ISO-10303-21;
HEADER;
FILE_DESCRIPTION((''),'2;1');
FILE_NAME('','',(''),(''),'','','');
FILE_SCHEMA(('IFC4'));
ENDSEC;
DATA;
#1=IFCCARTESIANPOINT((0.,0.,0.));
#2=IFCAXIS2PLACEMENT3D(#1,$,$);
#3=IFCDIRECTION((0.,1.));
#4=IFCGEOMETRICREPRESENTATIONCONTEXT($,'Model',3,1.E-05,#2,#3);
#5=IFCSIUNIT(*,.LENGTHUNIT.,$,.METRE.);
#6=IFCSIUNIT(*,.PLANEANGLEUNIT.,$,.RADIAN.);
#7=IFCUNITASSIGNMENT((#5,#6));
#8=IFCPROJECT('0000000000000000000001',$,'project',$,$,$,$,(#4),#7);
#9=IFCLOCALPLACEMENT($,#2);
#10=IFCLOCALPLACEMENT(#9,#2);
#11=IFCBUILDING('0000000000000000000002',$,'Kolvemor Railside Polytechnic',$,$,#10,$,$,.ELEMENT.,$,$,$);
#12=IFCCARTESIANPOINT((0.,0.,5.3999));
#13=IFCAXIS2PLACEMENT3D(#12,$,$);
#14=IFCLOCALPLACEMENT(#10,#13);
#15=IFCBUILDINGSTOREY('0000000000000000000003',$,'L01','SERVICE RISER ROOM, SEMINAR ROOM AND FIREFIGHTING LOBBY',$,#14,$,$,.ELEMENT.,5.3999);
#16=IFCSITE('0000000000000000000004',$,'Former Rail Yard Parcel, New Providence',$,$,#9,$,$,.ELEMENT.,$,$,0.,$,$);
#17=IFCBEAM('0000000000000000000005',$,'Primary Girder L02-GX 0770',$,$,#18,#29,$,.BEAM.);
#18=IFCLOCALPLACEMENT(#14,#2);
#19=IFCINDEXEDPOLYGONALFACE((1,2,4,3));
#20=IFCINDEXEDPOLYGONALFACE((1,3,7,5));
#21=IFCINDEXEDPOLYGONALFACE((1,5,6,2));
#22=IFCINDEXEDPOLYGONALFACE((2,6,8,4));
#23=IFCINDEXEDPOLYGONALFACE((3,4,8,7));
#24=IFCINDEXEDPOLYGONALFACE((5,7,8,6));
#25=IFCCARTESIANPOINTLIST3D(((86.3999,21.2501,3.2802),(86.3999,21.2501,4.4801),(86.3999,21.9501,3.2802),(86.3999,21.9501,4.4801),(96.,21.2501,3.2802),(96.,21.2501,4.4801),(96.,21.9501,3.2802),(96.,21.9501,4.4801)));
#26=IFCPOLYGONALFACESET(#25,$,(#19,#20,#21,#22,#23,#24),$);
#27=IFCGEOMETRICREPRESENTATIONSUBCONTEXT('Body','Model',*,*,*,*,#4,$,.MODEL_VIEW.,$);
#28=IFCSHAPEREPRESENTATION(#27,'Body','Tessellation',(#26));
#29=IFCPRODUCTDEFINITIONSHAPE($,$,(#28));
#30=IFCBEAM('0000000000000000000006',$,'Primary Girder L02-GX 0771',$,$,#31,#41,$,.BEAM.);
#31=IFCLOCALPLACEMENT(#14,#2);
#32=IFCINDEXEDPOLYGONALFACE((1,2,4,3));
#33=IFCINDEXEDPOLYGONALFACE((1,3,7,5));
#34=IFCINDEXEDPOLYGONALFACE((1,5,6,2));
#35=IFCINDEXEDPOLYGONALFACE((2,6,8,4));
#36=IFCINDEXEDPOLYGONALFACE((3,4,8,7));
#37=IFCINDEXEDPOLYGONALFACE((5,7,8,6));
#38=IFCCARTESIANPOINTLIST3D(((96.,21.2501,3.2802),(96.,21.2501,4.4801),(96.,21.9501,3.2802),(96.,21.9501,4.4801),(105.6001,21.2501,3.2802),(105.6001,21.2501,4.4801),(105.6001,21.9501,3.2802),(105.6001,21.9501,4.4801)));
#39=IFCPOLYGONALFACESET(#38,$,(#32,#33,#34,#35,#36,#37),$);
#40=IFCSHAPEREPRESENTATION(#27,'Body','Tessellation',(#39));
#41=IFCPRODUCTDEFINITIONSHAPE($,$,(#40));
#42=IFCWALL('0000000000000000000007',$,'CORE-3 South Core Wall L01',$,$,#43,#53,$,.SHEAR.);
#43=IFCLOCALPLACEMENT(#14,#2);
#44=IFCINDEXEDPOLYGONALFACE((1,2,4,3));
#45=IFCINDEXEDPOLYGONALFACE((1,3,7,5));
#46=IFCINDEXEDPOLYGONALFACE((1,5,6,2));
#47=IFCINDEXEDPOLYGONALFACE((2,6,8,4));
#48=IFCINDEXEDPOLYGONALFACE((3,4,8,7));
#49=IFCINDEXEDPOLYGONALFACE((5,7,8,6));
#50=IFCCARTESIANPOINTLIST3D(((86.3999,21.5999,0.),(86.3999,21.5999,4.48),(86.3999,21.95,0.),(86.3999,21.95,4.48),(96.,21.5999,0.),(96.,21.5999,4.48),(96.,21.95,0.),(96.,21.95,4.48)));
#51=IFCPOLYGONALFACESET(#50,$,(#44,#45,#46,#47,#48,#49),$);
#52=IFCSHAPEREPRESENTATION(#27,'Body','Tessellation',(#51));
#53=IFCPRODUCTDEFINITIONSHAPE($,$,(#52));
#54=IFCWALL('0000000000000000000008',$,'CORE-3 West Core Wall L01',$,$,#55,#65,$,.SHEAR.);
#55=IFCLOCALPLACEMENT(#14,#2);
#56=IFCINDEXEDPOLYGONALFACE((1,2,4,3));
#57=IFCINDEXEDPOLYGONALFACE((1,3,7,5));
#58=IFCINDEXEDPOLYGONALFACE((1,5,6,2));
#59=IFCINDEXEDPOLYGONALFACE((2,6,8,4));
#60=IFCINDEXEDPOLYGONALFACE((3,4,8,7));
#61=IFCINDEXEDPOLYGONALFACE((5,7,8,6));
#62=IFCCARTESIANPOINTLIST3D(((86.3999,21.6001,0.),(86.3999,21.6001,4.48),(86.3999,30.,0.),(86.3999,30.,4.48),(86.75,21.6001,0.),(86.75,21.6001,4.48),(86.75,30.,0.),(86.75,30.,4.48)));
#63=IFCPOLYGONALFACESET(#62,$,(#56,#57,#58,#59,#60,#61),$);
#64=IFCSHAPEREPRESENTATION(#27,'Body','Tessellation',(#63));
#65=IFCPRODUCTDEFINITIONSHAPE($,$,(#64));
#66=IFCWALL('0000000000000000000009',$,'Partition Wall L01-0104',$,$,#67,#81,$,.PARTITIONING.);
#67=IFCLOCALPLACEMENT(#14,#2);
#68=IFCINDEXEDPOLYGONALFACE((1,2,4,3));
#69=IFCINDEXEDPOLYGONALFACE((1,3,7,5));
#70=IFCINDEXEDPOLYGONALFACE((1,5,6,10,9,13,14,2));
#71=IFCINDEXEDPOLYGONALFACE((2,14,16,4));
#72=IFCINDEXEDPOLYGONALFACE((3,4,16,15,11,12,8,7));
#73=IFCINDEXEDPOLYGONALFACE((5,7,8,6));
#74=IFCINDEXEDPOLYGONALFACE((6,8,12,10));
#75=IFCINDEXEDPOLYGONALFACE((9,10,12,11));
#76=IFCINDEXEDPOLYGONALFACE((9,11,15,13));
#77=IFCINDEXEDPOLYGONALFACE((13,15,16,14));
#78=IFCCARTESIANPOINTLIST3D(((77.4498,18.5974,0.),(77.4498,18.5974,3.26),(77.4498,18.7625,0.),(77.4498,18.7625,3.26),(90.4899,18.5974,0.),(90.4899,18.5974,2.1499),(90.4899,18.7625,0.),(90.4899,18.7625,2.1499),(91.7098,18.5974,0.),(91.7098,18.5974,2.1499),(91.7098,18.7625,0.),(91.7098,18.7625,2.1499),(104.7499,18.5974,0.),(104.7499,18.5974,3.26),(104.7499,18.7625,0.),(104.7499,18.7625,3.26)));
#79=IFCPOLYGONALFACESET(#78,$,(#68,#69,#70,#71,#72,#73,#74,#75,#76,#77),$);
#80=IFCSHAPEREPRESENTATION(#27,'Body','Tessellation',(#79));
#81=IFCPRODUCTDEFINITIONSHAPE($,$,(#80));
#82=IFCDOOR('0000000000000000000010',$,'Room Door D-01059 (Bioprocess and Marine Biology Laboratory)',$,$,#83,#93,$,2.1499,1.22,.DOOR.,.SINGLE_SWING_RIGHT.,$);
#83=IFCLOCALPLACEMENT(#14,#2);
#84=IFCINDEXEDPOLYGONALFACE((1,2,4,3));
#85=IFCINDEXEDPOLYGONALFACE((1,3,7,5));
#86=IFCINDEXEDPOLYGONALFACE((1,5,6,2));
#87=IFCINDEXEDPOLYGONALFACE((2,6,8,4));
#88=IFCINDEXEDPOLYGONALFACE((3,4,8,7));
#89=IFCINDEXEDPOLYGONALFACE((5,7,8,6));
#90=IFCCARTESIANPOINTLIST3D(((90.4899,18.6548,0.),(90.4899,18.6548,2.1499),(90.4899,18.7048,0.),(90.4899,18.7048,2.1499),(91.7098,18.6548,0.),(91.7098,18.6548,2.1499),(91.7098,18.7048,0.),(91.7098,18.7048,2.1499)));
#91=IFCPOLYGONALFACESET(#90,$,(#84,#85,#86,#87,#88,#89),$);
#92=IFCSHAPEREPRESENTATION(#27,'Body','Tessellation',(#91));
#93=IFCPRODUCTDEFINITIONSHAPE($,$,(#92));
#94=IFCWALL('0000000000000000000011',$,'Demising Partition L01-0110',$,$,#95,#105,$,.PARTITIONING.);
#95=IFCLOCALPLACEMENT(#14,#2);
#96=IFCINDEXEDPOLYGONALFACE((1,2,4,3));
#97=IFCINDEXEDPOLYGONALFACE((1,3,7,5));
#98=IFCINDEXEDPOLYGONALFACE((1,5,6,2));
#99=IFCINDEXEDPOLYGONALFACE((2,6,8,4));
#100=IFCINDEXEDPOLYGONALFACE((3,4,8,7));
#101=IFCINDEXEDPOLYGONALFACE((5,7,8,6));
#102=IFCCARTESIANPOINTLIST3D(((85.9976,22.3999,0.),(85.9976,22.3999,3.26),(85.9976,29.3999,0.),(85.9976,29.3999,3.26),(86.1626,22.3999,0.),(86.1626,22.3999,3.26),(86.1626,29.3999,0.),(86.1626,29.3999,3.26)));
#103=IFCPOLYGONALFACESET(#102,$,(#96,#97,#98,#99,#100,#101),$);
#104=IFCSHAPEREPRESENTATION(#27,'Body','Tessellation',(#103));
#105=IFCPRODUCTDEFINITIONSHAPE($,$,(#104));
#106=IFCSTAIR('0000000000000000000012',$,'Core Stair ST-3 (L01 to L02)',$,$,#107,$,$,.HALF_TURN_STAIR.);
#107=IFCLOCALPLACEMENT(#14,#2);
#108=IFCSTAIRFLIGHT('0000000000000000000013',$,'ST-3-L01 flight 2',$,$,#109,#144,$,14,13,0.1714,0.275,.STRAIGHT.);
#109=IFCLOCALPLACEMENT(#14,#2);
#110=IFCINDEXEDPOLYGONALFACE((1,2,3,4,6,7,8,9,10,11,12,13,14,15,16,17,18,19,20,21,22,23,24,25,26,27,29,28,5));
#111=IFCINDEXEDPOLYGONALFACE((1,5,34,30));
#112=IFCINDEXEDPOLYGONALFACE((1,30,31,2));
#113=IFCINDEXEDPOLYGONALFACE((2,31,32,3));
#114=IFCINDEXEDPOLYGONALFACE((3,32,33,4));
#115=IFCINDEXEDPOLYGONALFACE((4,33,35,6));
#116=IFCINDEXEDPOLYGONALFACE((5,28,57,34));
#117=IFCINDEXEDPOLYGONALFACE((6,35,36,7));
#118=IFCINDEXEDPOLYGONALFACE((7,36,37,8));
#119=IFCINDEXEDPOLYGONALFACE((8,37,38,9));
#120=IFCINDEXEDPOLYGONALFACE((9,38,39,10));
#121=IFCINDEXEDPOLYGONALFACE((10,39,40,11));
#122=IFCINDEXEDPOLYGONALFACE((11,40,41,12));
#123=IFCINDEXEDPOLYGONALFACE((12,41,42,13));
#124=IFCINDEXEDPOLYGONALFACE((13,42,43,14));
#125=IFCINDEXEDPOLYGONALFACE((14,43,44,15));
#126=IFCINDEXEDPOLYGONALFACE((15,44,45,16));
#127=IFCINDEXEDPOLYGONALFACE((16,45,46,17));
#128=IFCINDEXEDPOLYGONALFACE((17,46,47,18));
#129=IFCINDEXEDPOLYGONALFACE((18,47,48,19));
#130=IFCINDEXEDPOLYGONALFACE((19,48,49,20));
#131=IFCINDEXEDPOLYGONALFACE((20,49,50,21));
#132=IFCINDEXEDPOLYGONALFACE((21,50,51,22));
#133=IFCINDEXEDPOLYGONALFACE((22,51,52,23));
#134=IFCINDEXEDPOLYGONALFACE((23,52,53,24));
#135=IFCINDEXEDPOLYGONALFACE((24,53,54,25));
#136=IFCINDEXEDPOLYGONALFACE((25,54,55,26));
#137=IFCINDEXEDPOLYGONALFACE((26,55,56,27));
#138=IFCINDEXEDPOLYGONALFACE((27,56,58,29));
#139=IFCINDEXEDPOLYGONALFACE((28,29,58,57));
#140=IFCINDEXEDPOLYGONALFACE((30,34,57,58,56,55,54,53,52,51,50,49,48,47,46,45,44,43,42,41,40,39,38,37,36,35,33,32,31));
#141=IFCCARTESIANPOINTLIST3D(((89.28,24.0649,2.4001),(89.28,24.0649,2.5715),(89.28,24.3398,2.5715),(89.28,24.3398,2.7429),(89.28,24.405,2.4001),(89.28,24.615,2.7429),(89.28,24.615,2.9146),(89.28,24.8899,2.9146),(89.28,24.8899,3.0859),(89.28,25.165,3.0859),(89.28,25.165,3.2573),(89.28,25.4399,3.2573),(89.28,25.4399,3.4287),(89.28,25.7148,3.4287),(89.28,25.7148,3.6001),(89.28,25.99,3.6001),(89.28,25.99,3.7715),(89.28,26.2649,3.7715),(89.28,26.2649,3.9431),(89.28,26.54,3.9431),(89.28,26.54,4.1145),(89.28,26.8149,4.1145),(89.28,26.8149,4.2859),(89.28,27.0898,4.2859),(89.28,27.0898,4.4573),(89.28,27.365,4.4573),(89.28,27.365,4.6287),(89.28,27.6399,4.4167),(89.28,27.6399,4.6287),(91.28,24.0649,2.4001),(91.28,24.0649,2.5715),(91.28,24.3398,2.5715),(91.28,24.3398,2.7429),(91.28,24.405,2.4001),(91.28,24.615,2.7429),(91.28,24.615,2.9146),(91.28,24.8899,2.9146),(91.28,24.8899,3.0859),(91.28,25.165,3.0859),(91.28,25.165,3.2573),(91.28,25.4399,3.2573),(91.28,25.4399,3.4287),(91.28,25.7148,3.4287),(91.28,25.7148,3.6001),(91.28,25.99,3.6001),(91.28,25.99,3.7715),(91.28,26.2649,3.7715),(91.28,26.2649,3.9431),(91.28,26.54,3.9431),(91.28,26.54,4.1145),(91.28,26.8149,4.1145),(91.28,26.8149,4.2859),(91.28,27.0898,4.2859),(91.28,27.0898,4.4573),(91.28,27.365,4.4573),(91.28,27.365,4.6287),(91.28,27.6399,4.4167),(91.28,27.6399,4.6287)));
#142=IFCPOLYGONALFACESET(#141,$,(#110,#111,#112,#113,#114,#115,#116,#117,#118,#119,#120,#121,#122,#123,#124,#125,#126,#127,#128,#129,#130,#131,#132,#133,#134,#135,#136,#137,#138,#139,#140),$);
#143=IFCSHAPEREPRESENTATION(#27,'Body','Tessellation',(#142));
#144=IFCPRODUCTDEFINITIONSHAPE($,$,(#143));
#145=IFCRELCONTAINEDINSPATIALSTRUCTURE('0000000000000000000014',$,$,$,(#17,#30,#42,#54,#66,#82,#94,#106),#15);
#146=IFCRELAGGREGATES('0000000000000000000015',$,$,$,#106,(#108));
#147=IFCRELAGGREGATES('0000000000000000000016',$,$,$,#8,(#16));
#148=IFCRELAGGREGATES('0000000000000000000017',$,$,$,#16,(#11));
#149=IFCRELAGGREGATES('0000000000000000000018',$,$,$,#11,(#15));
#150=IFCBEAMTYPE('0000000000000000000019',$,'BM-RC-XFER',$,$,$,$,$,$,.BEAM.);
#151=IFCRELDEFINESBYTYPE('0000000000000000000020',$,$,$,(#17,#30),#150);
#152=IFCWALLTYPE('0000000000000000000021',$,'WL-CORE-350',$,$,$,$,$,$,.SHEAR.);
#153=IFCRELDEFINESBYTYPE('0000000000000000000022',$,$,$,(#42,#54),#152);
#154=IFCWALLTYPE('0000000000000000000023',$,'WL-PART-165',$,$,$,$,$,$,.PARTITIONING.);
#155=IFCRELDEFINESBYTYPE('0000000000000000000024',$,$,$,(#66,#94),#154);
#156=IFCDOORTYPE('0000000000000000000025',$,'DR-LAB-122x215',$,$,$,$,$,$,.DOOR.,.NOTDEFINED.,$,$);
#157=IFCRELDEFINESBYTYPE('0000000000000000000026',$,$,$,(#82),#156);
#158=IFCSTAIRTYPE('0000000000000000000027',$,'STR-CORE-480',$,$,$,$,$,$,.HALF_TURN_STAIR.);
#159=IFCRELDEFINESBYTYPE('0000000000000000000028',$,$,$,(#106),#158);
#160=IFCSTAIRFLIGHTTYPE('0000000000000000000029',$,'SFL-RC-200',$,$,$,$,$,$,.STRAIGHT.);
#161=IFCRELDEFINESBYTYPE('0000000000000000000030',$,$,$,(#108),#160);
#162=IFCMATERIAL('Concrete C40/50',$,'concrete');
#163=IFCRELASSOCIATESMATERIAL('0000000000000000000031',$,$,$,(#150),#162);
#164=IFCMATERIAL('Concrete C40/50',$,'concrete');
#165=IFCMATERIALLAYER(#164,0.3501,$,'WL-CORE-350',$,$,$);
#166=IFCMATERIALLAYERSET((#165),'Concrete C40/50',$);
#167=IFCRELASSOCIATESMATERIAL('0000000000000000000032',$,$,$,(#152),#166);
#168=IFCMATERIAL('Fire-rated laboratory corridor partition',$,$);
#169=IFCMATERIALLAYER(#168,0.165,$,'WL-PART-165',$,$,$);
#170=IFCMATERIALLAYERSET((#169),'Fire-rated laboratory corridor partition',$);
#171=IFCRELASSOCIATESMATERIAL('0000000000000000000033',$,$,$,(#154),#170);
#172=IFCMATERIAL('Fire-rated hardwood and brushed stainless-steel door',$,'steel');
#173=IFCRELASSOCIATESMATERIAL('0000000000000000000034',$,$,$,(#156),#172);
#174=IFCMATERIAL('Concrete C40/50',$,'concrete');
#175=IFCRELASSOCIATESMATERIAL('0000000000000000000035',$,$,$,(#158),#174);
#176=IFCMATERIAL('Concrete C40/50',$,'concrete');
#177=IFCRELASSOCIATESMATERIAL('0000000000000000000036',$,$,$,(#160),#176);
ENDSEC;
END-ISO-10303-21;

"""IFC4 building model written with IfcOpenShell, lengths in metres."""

from ifc_helpers import new_model, si_unit, direction, frame, frame_2d, origin, origin_2d, place, context, subcontext, project, spatial, polyline, rectangle, outline, extrude, material, layer, layer_set, material_profile, profile_set, type_object, element, fill, aggregate, save


model = new_model("IFC4")

# Units and contexts
model_context = context("Model", 3, precision=1e-05, world=origin(), true_north=direction((0.0, 1.0)))
body_context = subcontext(model_context, "Body", "Model", "MODEL_VIEW")
ifc_project = project(units=[si_unit("LENGTHUNIT", "METRE"), si_unit("PLANEANGLEUNIT", "RADIAN")], contexts=[model_context])

# Site, building, storey
site_placement = place(None, origin())
site = spatial("IfcSite", under=ifc_project, at=site_placement, Name="Former Rail Yard Parcel, New Providence", CompositionType="ELEMENT", RefElevation=0.0)
building_placement = place(site_placement, origin())
building = spatial("IfcBuilding", under=site, at=building_placement, Name="Kolvemor Railside Polytechnic", CompositionType="ELEMENT")
storey_placement = place(building_placement, frame((0.0, 0.0, 5.3999)))
storey = spatial("IfcBuildingStorey", under=building, at=storey_placement, Name="L01", Description="SERVICE RISER ROOM, SEMINAR ROOM AND FIREFIGHTING LOBBY", CompositionType="ELEMENT", Elevation=5.3999)

# Beams
ifc_material_1 = material(Name="Concrete C40/50", Category="concrete")
ifc_material_profile_1 = material_profile(ifc_material_1, rectangle(XDim=0.7, YDim=1.2, at=origin_2d()), Name="RC700x1200")
ifc_profile_set_1 = profile_set([ifc_material_profile_1], Name="Concrete C40/50")
beam_type_1 = type_object("IfcBeamType", Name="BM-RC-XFER", PredefinedType="BEAM", material=ifc_profile_set_1)
for number, where, z_axis, x_axis, name in (
    (1, (86.3999, 21.6001, 3.8801), (1.0, 0.0, 0.0), (0.0, 1.0, 0.0), "Primary Girder L02-GX 0770"),
    (2, (96.0, 21.6001, 3.8801), (1.0, 0.0, 0.0), (0.0, 1.0, 0.0), "Primary Girder L02-GX 0771"),
):
    element("IfcBeam", number, at=place(storey_placement, frame(where, z_axis=z_axis, x_axis=x_axis)), inside=storey, type_object=beam_type_1, Name=name, PredefinedType="BEAM", context=body_context, shape_type="SweptSolid", body=[
        extrude(rectangle(XDim=0.7, YDim=1.2, at=origin_2d()), origin(), (0.0, 0.0, 1.0), 9.6001),
    ])

# Walls
ifc_material_2 = material(Name="Concrete C40/50", Category="concrete")
ifc_layer_1 = layer(ifc_material_2, 0.3501, Name="WL-CORE-350")
ifc_layer_set_1 = layer_set([ifc_layer_1], Name="Concrete C40/50")
wall_type_1 = type_object("IfcWallType", Name="WL-CORE-350", PredefinedType="SHEAR", material=ifc_layer_set_1)
wall_1_placement = place(storey_placement, frame((86.3999, 21.7749, 0.0), z_axis=(0.0, 0.0, 1.0), x_axis=(1.0, 0.0, 0.0)))
element("IfcWall", 3, at=wall_1_placement, inside=storey, type_object=wall_type_1, Name="CORE-3 South Core Wall L01", PredefinedType="SHEAR", context=body_context, shape_type="SweptSolid", body=[
    extrude(rectangle(XDim=9.6001, YDim=0.3501, at=frame_2d((4.8, 0.0))), origin(), (0.0, 0.0, 1.0), 4.48),
])
wall_2_placement = place(storey_placement, frame((86.575, 21.6001, 0.0), z_axis=(0.0, 0.0, 1.0), x_axis=(0.0, 1.0, 0.0)))
element("IfcWall", 4, at=wall_2_placement, inside=storey, type_object=wall_type_1, Name="CORE-3 West Core Wall L01", PredefinedType="SHEAR", context=body_context, shape_type="SweptSolid", body=[
    extrude(rectangle(XDim=8.3999, YDim=0.3501, at=frame_2d((4.2, 0.0))), origin(), (0.0, 0.0, 1.0), 4.48),
])

# Wall, opening, door
ifc_material_3 = material(Name="Fire-rated laboratory corridor partition")
ifc_layer_2 = layer(ifc_material_3, 0.165, Name="WL-PART-165")
ifc_layer_set_2 = layer_set([ifc_layer_2], Name="Fire-rated laboratory corridor partition")
wall_type_2 = type_object("IfcWallType", Name="WL-PART-165", PredefinedType="PARTITIONING", material=ifc_layer_set_2)
wall_3_placement = place(storey_placement, frame((77.45, 18.6799, 0.0), z_axis=(0.0, 0.0, 1.0), x_axis=(1.0, 0.0, 0.0)))
wall_3 = element("IfcWall", 5, at=wall_3_placement, inside=storey, type_object=wall_type_2, Name="Partition Wall L01-0104", PredefinedType="PARTITIONING", context=body_context, shape_type="SweptSolid", body=[
    extrude(rectangle(XDim=27.3, YDim=0.165, at=frame_2d((13.6499, 0.0))), origin(), (0.0, 0.0, 1.0), 3.26),
])
opening_1_placement = place(wall_3_placement, frame((13.04, 0.0, 0.0)))
opening_1 = element("IfcOpeningElement", 6, at=opening_1_placement, cuts=wall_3, PredefinedType="OPENING", context=body_context, shape_type="SweptSolid", body=[
    extrude(rectangle(XDim=1.22, YDim=2.1499, at=frame_2d((0.6099, 1.075))), frame((0.0, 0.0925, 0.0), z_axis=(0.0, -1.0, 0.0), x_axis=(1.0, 0.0, 0.0)), (0.0, 0.0, 1.0), 0.1851),
])
ifc_material_4 = material(Name="Fire-rated hardwood and brushed stainless-steel door", Category="steel")
door_type_1 = type_object("IfcDoorType", Name="DR-LAB-122x215", OperationType="NOTDEFINED", PredefinedType="DOOR", material=ifc_material_4)
door_1_placement = place(opening_1_placement, origin())
door_1 = element("IfcDoor", 7, at=door_1_placement, inside=storey, type_object=door_type_1, Name="Room Door D-01059 (Bioprocess and Marine Biology Laboratory)", OperationType="SINGLE_SWING_RIGHT", OverallHeight=2.1499, OverallWidth=1.22, PredefinedType="DOOR", context=body_context, shape_type="SweptSolid", body=[
    extrude(rectangle(XDim=1.22, YDim=2.1499, at=frame_2d((0.6099, 1.075))), frame((0.0, 0.0249, 0.0), z_axis=(0.0, -1.0, 0.0), x_axis=(1.0, 0.0, 0.0)), (0.0, 0.0, 1.0), 0.05),
])
fill(opening_1, door_1)

# Wall
wall_4_placement = place(storey_placement, frame((86.0801, 22.3999, 0.0), z_axis=(0.0, 0.0, 1.0), x_axis=(0.0, 1.0, 0.0)))
element("IfcWall", 8, at=wall_4_placement, inside=storey, type_object=wall_type_2, Name="Demising Partition L01-0110", PredefinedType="PARTITIONING", context=body_context, shape_type="SweptSolid", body=[
    extrude(rectangle(XDim=7.0, YDim=0.165, at=frame_2d((3.5, 0.0))), origin(), (0.0, 0.0, 1.0), 3.26),
])

# Stair, stair flight
ifc_material_5 = material(Name="Concrete C40/50", Category="concrete")
stair_type = type_object("IfcStairType", Name="STR-CORE-480", PredefinedType="HALF_TURN_STAIR", material=ifc_material_5)
stair_placement = place(storey_placement, origin())
stair = element("IfcStair", 9, at=stair_placement, inside=storey, type_object=stair_type, Name="Core Stair ST-3 (L01 to L02)", PredefinedType="HALF_TURN_STAIR")
ifc_material_6 = material(Name="Concrete C40/50", Category="concrete")
stair_flight_type = type_object("IfcStairFlightType", Name="SFL-RC-200", PredefinedType="STRAIGHT", material=ifc_material_6)
stair_flight_placement = place(storey_placement, frame((90.28, 24.0649, 2.4001), z_axis=(0.0, 0.0, 1.0), x_axis=(0.0, 1.0, 0.0)))
stair_flight = element("IfcStairFlight", 10, at=stair_flight_placement, type_object=stair_flight_type, Name="ST-3-L01 flight 2", NumberOfRisers=14, NumberOfTreads=13, PredefinedType="STRAIGHT", RiserHeight=0.1714, TreadLength=0.275, context=body_context, shape_type="SweptSolid", body=[
    extrude(outline(polyline([(0.0, 0.0), (0.0, 0.1714), (0.2749, 0.1714), (0.2749, 0.3428), (0.55, 0.3428), (0.55, 0.5144), (0.825, 0.5144), (0.825, 0.6858), (1.1001, 0.6858), (1.1001, 0.8572), (1.375, 0.8572), (1.375, 1.0286), (1.6499, 1.0286), (1.6499, 1.2), (1.925, 1.2), (1.925, 1.3713), (2.2, 1.3713), (2.2, 1.543), (2.4751, 1.543), (2.4751, 1.7144), (2.75, 1.7144), (2.75, 1.8857), (3.0249, 1.8857), (3.0249, 2.0571), (3.3, 2.0571), (3.3, 2.2285), (3.575, 2.2285), (3.575, 2.3999), (3.575, 2.0166), (0.3401, 0.0), (0.0, 0.0)])), frame((0.0, 1.0, 0.0), z_axis=(0.0, -1.0, 0.0), x_axis=(1.0, 0.0, 0.0)), (0.0, 0.0, 1.0), 2.0),
])
aggregate(stair, [stair_flight])

save(model, "model.ifc")
